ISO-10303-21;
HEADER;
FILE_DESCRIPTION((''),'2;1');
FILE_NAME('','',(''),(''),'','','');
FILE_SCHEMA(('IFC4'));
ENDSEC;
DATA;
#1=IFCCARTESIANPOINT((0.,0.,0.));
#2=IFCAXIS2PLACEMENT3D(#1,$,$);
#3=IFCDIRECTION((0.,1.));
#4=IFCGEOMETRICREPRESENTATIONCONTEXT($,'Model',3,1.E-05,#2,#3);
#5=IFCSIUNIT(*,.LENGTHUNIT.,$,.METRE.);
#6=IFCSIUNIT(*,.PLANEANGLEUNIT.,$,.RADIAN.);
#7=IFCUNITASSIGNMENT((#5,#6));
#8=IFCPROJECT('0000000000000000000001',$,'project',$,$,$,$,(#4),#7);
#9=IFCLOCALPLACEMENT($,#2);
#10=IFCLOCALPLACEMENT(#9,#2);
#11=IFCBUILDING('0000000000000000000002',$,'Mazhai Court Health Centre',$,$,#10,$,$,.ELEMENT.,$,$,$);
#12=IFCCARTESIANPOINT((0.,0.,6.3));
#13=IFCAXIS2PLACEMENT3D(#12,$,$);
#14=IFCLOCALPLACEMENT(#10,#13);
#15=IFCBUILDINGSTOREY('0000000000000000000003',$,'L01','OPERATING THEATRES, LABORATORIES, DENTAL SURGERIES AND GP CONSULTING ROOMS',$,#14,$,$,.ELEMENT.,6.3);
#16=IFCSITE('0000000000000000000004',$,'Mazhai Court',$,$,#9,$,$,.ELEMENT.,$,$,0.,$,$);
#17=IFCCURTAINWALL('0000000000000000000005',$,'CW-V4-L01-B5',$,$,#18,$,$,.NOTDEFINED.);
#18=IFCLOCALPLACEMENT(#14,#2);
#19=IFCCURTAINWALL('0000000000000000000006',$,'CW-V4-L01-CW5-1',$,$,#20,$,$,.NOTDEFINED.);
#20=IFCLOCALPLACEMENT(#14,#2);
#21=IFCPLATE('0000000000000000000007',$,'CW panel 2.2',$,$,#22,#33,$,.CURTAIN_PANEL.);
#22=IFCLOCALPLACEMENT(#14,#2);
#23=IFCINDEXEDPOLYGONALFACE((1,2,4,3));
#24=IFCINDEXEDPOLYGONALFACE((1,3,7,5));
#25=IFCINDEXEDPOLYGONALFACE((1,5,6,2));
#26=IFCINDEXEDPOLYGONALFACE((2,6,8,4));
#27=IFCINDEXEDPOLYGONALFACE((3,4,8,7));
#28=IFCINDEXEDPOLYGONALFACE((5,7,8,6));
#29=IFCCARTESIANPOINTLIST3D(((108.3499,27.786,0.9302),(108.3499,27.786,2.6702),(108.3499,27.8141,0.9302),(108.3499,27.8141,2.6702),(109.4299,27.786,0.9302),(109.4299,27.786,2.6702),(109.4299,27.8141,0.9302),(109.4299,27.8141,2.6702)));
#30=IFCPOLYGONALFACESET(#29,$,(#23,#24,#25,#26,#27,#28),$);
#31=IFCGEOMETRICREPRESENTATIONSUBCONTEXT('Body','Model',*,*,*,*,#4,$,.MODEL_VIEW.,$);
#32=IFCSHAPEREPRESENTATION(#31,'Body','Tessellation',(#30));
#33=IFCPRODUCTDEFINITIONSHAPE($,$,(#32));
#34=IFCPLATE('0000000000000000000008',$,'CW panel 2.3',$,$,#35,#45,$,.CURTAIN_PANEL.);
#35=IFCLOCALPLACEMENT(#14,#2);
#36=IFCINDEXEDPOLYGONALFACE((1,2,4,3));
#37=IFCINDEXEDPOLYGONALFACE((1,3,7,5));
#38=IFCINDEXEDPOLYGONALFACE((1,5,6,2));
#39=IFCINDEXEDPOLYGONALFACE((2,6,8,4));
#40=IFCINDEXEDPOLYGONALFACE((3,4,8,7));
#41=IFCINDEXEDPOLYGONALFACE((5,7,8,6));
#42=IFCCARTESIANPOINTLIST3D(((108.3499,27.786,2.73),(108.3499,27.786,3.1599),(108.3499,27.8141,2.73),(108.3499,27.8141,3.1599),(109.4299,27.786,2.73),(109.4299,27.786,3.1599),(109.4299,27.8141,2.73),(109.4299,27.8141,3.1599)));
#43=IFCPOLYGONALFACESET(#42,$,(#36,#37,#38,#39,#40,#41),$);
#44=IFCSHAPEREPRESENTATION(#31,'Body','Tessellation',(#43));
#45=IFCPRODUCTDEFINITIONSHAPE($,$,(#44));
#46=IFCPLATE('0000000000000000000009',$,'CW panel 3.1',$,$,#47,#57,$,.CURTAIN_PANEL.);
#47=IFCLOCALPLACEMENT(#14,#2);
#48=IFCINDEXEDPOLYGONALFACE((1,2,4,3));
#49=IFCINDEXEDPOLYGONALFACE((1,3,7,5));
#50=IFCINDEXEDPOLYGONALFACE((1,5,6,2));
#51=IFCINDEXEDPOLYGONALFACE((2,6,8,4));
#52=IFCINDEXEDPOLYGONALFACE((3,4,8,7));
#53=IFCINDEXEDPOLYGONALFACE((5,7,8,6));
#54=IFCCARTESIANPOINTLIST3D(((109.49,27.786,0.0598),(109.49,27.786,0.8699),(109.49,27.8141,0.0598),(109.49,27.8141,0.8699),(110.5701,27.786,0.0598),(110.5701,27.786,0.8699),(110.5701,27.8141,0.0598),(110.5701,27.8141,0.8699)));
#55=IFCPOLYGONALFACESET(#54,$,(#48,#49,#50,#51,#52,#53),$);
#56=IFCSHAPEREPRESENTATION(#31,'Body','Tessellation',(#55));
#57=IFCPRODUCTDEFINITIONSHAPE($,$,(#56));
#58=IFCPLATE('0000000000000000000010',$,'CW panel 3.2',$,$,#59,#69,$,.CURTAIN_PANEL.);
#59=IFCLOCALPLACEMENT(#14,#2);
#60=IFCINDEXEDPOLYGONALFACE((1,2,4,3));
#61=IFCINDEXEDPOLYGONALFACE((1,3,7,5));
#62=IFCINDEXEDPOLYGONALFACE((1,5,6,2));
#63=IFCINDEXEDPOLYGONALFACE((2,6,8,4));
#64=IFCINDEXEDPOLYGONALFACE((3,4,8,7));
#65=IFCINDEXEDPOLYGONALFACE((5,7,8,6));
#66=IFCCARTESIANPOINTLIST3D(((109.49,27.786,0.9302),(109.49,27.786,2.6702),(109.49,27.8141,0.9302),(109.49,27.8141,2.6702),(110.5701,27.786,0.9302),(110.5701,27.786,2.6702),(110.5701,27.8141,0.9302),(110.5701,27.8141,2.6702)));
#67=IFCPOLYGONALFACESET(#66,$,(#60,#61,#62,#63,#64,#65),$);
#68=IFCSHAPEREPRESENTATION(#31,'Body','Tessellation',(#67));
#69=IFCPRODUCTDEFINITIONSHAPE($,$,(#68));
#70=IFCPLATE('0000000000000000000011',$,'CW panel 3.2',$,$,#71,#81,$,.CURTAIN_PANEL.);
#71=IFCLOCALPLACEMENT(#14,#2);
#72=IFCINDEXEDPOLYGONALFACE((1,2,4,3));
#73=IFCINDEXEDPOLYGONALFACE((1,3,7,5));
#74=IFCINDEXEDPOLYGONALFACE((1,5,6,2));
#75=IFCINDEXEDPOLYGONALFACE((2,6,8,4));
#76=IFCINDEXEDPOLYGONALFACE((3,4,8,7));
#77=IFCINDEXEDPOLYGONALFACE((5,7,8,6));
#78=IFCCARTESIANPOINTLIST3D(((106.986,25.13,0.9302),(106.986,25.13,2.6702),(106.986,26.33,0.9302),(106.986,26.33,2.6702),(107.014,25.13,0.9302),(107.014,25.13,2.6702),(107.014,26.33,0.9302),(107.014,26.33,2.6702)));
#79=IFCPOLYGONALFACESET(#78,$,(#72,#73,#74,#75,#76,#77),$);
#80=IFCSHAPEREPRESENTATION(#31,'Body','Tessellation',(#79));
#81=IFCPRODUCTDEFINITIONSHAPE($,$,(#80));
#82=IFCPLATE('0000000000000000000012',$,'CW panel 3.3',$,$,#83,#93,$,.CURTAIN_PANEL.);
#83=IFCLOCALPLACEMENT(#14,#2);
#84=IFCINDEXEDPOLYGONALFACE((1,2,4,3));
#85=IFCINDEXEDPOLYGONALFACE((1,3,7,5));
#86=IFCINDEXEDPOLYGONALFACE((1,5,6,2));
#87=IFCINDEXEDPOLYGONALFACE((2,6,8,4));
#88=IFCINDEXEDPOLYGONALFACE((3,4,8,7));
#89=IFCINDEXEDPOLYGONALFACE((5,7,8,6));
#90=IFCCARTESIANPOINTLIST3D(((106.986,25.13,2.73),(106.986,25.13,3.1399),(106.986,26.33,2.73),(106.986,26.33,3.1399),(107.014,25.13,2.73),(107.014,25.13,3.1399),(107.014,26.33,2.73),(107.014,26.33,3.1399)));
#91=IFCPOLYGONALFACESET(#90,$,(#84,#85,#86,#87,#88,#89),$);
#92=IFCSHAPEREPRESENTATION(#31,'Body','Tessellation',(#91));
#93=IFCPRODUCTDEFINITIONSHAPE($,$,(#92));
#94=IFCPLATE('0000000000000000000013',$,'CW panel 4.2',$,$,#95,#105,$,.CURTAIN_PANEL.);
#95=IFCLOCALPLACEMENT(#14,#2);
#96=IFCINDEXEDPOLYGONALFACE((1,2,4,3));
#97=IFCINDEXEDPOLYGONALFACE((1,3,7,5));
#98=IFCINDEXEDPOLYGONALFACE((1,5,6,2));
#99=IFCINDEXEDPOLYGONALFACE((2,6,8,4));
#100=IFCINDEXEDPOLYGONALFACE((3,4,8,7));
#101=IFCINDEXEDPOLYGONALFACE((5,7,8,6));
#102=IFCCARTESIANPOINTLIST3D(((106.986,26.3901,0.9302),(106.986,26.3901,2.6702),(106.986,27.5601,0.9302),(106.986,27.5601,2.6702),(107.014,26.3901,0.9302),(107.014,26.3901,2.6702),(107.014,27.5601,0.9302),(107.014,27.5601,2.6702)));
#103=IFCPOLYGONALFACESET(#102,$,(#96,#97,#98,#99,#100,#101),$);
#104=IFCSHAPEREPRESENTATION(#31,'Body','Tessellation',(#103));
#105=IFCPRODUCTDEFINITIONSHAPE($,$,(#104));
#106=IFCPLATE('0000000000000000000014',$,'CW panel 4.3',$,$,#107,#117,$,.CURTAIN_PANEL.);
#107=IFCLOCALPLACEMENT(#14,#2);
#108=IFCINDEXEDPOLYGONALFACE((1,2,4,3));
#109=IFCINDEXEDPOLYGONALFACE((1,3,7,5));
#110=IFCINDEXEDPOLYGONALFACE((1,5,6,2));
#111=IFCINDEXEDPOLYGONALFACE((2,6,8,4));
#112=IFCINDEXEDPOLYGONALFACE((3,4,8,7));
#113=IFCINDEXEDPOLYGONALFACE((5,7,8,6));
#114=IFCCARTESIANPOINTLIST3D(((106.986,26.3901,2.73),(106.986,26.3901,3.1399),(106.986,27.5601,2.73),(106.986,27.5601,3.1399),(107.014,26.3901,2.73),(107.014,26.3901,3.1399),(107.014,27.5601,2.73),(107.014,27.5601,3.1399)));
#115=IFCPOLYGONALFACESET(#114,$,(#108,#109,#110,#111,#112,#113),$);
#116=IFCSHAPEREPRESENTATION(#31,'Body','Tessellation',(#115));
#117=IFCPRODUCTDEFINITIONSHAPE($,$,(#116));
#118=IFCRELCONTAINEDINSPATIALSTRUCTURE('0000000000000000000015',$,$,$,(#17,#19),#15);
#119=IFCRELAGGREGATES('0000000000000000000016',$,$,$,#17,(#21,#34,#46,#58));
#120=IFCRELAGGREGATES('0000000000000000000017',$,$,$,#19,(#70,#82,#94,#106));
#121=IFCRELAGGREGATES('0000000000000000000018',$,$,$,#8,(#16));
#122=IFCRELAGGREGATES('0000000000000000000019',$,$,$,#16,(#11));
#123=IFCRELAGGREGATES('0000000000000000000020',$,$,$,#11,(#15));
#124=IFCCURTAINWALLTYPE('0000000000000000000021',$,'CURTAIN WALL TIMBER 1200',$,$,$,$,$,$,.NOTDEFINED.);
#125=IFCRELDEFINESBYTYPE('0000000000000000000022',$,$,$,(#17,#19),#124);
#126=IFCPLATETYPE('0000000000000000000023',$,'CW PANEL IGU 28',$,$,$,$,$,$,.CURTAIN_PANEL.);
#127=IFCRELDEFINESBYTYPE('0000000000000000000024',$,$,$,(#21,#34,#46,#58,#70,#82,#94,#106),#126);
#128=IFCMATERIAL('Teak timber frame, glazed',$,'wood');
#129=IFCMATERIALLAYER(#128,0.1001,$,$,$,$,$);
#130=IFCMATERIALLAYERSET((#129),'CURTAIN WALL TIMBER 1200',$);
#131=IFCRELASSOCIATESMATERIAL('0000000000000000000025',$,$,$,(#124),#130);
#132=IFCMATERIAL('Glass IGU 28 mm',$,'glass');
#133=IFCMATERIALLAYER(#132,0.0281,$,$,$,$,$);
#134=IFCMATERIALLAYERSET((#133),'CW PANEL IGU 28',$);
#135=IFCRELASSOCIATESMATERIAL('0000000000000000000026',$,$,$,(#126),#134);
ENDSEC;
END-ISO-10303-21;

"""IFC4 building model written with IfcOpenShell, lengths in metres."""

from ifc_helpers import new_model, si_unit, direction, frame, origin, origin_2d, place, context, subcontext, project, spatial, rectangle, extrude, material, layer, layer_set, type_object, element, aggregate, save


model = new_model("IFC4")

# Units and contexts
model_context = context("Model", 3, precision=1e-05, world=origin(), true_north=direction((0.0, 1.0)))
body_context = subcontext(model_context, "Body", "Model", "MODEL_VIEW")
ifc_project = project(units=[si_unit("LENGTHUNIT", "METRE"), si_unit("PLANEANGLEUNIT", "RADIAN")], contexts=[model_context])

# Site, building, storey
site_placement = place(None, origin())
site = spatial("IfcSite", under=ifc_project, at=site_placement, Name="Mazhai Court", CompositionType="ELEMENT", RefElevation=0.0)
building_placement = place(site_placement, origin())
building = spatial("IfcBuilding", under=site, at=building_placement, Name="Mazhai Court Health Centre", CompositionType="ELEMENT")
storey_placement = place(building_placement, frame((0.0, 0.0, 6.3)))
storey = spatial("IfcBuildingStorey", under=building, at=storey_placement, Name="L01", Description="OPERATING THEATRES, LABORATORIES, DENTAL SURGERIES AND GP CONSULTING ROOMS", CompositionType="ELEMENT", Elevation=6.3)

# Curtain walls
ifc_material_1 = material(Name="Teak timber frame, glazed", Category="wood")
ifc_layer_1 = layer(ifc_material_1, 0.1001)
ifc_layer_set_1 = layer_set([ifc_layer_1], Name="CURTAIN WALL TIMBER 1200")
curtain_wall_type = type_object("IfcCurtainWallType", Name="CURTAIN WALL TIMBER 1200", PredefinedType="NOTDEFINED", material=ifc_layer_set_1)
curtain_wall_1_placement = place(storey_placement, origin())
curtain_wall_1 = element("IfcCurtainWall", 1, at=curtain_wall_1_placement, inside=storey, type_object=curtain_wall_type, Name="CW-V4-L01-B5", PredefinedType="NOTDEFINED")
curtain_wall_2_placement = place(storey_placement, origin())
curtain_wall_2 = element("IfcCurtainWall", 2, at=curtain_wall_2_placement, inside=storey, type_object=curtain_wall_type, Name="CW-V4-L01-CW5-1", PredefinedType="NOTDEFINED")

# Plates
ifc_material_2 = material(Name="Glass IGU 28 mm", Category="glass")
ifc_layer_2 = layer(ifc_material_2, 0.0281)
ifc_layer_set_2 = layer_set([ifc_layer_2], Name="CW PANEL IGU 28")
plate_type = type_object("IfcPlateType", Name="CW PANEL IGU 28", PredefinedType="CURTAIN_PANEL", material=ifc_layer_set_2)
plate_1_placement = place(storey_placement, frame((108.8899, 27.8, 0.9302), z_axis=(0.0, 0.0, 1.0), x_axis=(1.0, 0.0, 0.0)))
plate_1 = element("IfcPlate", 3, at=plate_1_placement, type_object=plate_type, Name="CW panel 2.2", PredefinedType="CURTAIN_PANEL", context=body_context, shape_type="SweptSolid", body=[
    extrude(rectangle(XDim=1.0801, YDim=0.0281, at=origin_2d()), origin(), (0.0, 0.0, 1.0), 1.74),
])
plate_2_placement = place(storey_placement, frame((108.8899, 27.8, 2.73), z_axis=(0.0, 0.0, 1.0), x_axis=(1.0, 0.0, 0.0)))
plate_2 = element("IfcPlate", 4, at=plate_2_placement, type_object=plate_type, Name="CW panel 2.3", PredefinedType="CURTAIN_PANEL", context=body_context, shape_type="SweptSolid", body=[
    extrude(rectangle(XDim=1.0801, YDim=0.0281, at=origin_2d()), origin(), (0.0, 0.0, 1.0), 0.4299),
])
plate_3_placement = place(storey_placement, frame((110.03, 27.8, 0.0598), z_axis=(0.0, 0.0, 1.0), x_axis=(1.0, 0.0, 0.0)))
plate_3 = element("IfcPlate", 5, at=plate_3_placement, type_object=plate_type, Name="CW panel 3.1", PredefinedType="CURTAIN_PANEL", context=body_context, shape_type="SweptSolid", body=[
    extrude(rectangle(XDim=1.0801, YDim=0.0281, at=origin_2d()), origin(), (0.0, 0.0, 1.0), 0.8101),
])
plate_4_placement = place(storey_placement, frame((110.03, 27.8, 0.9302), z_axis=(0.0, 0.0, 1.0), x_axis=(1.0, 0.0, 0.0)))
plate_4 = element("IfcPlate", 6, at=plate_4_placement, type_object=plate_type, Name="CW panel 3.2", PredefinedType="CURTAIN_PANEL", context=body_context, shape_type="SweptSolid", body=[
    extrude(rectangle(XDim=1.0801, YDim=0.0281, at=origin_2d()), origin(), (0.0, 0.0, 1.0), 1.74),
])
aggregate(curtain_wall_1, [plate_1, plate_2, plate_3, plate_4])
plate_5_placement = place(storey_placement, frame((107.0, 25.73, 0.9302), z_axis=(0.0, 0.0, 1.0), x_axis=(0.0, 1.0, 0.0)))
plate_5 = element("IfcPlate", 7, at=plate_5_placement, type_object=plate_type, Name="CW panel 3.2", PredefinedType="CURTAIN_PANEL", context=body_context, shape_type="SweptSolid", body=[
    extrude(rectangle(XDim=1.2, YDim=0.0281, at=origin_2d()), origin(), (0.0, 0.0, 1.0), 1.74),
])
plate_6_placement = place(storey_placement, frame((107.0, 25.73, 2.73), z_axis=(0.0, 0.0, 1.0), x_axis=(0.0, 1.0, 0.0)))
plate_6 = element("IfcPlate", 8, at=plate_6_placement, type_object=plate_type, Name="CW panel 3.3", PredefinedType="CURTAIN_PANEL", context=body_context, shape_type="SweptSolid", body=[
    extrude(rectangle(XDim=1.2, YDim=0.0281, at=origin_2d()), origin(), (0.0, 0.0, 1.0), 0.4099),
])
plate_7_placement = place(storey_placement, frame((107.0, 26.9751, 0.9302), z_axis=(0.0, 0.0, 1.0), x_axis=(0.0, 1.0, 0.0)))
plate_7 = element("IfcPlate", 9, at=plate_7_placement, type_object=plate_type, Name="CW panel 4.2", PredefinedType="CURTAIN_PANEL", context=body_context, shape_type="SweptSolid", body=[
    extrude(rectangle(XDim=1.1699, YDim=0.0281, at=origin_2d()), origin(), (0.0, 0.0, 1.0), 1.74),
])
plate_8_placement = place(storey_placement, frame((107.0, 26.9751, 2.73), z_axis=(0.0, 0.0, 1.0), x_axis=(0.0, 1.0, 0.0)))
plate_8 = element("IfcPlate", 10, at=plate_8_placement, type_object=plate_type, Name="CW panel 4.3", PredefinedType="CURTAIN_PANEL", context=body_context, shape_type="SweptSolid", body=[
    extrude(rectangle(XDim=1.1699, YDim=0.0281, at=origin_2d()), origin(), (0.0, 0.0, 1.0), 0.4099),
])
aggregate(curtain_wall_2, [plate_5, plate_6, plate_7, plate_8])

save(model, "model.ifc")
